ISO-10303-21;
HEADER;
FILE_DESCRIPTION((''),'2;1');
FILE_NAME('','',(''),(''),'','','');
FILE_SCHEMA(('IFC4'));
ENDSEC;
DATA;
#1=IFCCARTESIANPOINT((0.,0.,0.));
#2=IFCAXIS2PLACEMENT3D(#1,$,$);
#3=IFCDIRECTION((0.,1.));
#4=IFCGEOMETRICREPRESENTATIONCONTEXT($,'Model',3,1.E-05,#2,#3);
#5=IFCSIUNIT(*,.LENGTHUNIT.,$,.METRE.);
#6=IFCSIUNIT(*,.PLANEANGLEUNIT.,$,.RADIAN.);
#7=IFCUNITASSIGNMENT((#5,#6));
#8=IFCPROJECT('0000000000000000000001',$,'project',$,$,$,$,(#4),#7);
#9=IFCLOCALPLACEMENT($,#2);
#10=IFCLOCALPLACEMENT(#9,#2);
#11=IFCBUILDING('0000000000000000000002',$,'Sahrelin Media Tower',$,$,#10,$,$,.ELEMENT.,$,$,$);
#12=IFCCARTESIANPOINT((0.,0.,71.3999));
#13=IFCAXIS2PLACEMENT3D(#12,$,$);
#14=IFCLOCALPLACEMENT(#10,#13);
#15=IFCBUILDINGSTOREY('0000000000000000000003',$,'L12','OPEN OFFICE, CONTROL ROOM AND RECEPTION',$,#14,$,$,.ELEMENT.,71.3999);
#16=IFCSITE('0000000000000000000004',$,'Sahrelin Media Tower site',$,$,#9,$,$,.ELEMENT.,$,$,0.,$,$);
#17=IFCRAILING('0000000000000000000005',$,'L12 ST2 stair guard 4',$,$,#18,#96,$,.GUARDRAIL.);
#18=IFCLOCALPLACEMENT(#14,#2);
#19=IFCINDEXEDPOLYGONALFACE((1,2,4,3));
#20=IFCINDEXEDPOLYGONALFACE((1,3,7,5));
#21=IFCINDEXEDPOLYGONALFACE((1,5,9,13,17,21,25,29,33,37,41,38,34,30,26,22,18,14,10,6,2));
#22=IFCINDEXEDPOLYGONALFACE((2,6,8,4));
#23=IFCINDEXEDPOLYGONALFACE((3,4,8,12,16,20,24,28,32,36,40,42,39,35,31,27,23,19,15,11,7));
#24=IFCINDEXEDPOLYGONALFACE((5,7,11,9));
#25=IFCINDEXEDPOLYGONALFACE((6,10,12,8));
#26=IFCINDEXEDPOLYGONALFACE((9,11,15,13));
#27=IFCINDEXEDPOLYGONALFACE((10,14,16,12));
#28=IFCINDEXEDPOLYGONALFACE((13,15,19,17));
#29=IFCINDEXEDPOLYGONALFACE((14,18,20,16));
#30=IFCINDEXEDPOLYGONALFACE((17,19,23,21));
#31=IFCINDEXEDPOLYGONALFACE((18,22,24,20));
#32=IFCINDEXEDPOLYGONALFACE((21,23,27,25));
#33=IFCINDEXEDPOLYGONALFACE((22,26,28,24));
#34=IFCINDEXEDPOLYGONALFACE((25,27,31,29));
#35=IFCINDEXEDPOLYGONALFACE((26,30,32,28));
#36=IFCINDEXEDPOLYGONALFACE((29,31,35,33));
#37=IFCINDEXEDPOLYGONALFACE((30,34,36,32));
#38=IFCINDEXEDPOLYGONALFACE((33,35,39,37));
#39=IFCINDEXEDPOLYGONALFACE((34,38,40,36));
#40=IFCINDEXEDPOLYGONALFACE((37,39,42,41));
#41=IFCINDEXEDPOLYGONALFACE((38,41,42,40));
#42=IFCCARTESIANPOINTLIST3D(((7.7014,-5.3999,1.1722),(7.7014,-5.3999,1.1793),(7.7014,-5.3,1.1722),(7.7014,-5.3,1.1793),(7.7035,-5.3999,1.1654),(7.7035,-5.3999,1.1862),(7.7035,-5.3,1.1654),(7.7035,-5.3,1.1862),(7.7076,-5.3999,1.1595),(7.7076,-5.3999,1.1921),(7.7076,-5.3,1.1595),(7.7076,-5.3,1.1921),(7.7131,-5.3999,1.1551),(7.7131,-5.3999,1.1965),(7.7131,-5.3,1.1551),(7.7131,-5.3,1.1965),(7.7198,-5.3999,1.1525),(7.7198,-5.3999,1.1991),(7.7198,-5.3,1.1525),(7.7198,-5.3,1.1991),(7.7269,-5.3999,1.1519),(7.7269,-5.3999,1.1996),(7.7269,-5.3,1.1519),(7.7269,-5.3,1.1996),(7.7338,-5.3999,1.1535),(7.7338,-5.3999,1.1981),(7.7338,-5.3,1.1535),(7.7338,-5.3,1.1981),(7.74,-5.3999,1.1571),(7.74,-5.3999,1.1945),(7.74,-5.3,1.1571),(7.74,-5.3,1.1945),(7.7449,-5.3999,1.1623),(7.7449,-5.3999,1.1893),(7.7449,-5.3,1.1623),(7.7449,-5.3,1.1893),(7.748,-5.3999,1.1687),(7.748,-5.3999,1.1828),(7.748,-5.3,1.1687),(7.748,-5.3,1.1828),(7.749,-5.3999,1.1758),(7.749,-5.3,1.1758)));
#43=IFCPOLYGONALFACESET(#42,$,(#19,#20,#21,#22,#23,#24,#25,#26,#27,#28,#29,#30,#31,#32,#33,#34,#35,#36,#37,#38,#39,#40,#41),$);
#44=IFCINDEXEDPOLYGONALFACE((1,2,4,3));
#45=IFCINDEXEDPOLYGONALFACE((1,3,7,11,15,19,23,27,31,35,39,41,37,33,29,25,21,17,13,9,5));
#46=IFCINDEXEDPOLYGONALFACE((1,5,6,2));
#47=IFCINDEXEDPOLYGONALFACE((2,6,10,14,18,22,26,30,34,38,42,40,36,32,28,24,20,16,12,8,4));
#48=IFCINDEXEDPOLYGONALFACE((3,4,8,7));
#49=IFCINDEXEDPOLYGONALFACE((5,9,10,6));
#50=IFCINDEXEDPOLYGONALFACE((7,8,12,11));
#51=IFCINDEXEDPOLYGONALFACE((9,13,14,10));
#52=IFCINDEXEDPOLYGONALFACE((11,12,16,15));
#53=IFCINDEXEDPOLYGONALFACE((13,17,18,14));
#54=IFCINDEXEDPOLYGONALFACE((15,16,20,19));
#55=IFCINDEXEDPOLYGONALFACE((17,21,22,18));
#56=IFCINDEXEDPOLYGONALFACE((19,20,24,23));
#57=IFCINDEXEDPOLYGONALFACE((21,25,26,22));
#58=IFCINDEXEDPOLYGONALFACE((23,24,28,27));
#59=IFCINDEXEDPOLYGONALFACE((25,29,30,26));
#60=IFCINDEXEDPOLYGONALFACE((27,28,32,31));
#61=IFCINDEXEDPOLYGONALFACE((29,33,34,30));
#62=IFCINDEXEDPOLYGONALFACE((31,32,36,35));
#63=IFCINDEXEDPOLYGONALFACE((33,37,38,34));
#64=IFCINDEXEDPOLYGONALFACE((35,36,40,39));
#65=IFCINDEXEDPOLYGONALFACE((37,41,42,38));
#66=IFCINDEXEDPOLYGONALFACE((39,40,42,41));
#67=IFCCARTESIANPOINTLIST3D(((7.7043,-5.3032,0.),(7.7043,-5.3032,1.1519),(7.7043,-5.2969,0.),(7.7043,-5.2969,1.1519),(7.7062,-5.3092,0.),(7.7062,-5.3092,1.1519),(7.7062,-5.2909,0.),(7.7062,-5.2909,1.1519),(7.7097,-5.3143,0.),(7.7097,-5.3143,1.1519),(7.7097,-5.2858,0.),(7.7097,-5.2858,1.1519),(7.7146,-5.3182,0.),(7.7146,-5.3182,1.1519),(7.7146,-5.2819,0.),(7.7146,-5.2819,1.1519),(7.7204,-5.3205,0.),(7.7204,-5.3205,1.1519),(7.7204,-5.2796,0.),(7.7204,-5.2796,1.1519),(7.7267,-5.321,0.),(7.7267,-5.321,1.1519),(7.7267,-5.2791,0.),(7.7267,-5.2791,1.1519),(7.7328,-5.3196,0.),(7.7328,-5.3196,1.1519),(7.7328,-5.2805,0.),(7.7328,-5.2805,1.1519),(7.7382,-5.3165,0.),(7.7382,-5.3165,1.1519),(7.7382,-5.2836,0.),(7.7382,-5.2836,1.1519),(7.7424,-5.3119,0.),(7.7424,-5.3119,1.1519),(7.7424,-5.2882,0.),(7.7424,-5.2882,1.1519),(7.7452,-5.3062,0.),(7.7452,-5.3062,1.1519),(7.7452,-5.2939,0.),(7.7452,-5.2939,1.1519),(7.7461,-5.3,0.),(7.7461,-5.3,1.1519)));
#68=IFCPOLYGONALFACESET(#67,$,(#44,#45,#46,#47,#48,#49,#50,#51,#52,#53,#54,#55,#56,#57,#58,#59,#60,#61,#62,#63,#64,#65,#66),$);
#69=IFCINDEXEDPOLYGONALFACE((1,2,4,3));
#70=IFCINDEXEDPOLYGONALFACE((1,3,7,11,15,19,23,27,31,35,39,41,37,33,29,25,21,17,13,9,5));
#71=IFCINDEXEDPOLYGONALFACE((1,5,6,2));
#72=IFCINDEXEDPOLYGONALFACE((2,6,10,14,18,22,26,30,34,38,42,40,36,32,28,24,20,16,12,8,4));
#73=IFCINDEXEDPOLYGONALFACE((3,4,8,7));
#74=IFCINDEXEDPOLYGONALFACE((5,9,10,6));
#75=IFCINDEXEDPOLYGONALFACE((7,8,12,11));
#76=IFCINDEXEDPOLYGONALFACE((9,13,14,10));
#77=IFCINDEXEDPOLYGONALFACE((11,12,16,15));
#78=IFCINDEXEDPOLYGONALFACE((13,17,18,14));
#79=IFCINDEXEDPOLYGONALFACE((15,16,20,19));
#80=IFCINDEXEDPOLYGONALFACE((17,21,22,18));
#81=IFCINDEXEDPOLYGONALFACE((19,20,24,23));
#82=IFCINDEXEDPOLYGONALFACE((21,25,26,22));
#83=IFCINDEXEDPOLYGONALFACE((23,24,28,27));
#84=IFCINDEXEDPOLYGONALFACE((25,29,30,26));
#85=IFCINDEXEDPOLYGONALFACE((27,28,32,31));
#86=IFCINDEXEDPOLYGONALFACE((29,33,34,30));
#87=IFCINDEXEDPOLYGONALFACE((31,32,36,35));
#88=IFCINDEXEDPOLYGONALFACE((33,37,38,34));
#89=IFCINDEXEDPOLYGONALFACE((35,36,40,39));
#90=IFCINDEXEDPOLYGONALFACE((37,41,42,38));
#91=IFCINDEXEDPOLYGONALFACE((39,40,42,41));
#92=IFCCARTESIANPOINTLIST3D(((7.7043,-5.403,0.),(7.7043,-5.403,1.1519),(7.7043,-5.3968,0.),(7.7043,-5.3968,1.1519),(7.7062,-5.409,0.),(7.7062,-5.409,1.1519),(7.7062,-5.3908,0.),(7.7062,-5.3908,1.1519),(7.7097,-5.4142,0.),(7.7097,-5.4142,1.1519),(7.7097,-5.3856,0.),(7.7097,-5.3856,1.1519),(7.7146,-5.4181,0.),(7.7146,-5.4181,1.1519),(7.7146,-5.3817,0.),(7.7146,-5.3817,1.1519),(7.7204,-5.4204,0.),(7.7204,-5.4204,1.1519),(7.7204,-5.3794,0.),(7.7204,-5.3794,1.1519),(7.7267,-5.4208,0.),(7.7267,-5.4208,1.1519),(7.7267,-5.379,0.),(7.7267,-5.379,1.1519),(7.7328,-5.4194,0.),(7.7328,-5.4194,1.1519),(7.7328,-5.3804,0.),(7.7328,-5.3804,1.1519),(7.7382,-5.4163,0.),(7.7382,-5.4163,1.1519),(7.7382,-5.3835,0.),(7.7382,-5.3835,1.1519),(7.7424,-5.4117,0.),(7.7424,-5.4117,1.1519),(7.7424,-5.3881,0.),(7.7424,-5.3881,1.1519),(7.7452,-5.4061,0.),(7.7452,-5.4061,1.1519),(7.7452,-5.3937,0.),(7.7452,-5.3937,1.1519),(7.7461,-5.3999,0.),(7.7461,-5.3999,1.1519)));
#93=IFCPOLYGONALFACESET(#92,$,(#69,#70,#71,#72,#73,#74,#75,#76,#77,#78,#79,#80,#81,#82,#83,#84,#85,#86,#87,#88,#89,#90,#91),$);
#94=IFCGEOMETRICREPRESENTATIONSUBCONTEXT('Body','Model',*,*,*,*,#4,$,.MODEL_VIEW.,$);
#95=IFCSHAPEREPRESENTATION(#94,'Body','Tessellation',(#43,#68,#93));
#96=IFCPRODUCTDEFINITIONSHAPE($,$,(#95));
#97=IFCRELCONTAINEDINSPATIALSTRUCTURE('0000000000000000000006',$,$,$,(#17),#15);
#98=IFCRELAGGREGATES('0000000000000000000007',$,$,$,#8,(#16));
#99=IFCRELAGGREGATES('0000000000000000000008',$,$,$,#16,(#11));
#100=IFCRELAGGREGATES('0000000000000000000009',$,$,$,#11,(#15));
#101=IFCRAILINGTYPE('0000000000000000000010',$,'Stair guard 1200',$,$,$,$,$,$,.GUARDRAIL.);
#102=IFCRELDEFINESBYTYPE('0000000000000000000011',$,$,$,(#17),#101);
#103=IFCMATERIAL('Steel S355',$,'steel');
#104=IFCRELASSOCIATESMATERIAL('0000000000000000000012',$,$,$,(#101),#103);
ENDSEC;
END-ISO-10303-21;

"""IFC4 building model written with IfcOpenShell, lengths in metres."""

from ifc_helpers import new_model, si_unit, direction, frame, origin, origin_2d, place, context, subcontext, project, spatial, circle, extrude, material, type_object, element, save


model = new_model("IFC4")

# Units and contexts
model_context = context("Model", 3, precision=1e-05, world=origin(), true_north=direction((0.0, 1.0)))
body_context = subcontext(model_context, "Body", "Model", "MODEL_VIEW")
ifc_project = project(units=[si_unit("LENGTHUNIT", "METRE"), si_unit("PLANEANGLEUNIT", "RADIAN")], contexts=[model_context])

# Site, building, storey
site_placement = place(None, origin())
site = spatial("IfcSite", under=ifc_project, at=site_placement, Name="Sahrelin Media Tower site", CompositionType="ELEMENT", RefElevation=0.0)
building_placement = place(site_placement, origin())
building = spatial("IfcBuilding", under=site, at=building_placement, Name="Sahrelin Media Tower", CompositionType="ELEMENT")
storey_placement = place(building_placement, frame((0.0, 0.0, 71.3999)))
storey = spatial("IfcBuildingStorey", under=building, at=storey_placement, Name="L12", Description="OPEN OFFICE, CONTROL ROOM AND RECEPTION", CompositionType="ELEMENT", Elevation=71.3999)

# Shared definitions
ifc_material_1 = material(Name="Steel S355", Category="steel")

# Railing
railing_type_1 = type_object("IfcRailingType", Name="Stair guard 1200", PredefinedType="GUARDRAIL", material=ifc_material_1)
railing_1_placement = place(storey_placement, frame((7.7251, -5.3, 0.0)))
element("IfcRailing", 1, at=railing_1_placement, inside=storey, type_object=railing_type_1, Name="L12 ST2 stair guard 4", PredefinedType="GUARDRAIL", context=body_context, shape_type="SweptSolid", body=[
    extrude(circle(Radius=0.0239, at=origin_2d()), frame((0.0, 0.0, 1.1758), z_axis=(0.0, -1.0, 0.0), x_axis=(1.0, 0.0, 0.0)), (0.0, 0.0, 1.0), 0.0999),
    extrude(circle(Radius=0.021, at=origin_2d()), origin(), (0.0, 0.0, 1.0), 1.1519),
    extrude(circle(Radius=0.021, at=origin_2d()), frame((0.0, -0.0999, 0.0)), (0.0, 0.0, 1.0), 1.1519),
])

save(model, "model.ifc")
